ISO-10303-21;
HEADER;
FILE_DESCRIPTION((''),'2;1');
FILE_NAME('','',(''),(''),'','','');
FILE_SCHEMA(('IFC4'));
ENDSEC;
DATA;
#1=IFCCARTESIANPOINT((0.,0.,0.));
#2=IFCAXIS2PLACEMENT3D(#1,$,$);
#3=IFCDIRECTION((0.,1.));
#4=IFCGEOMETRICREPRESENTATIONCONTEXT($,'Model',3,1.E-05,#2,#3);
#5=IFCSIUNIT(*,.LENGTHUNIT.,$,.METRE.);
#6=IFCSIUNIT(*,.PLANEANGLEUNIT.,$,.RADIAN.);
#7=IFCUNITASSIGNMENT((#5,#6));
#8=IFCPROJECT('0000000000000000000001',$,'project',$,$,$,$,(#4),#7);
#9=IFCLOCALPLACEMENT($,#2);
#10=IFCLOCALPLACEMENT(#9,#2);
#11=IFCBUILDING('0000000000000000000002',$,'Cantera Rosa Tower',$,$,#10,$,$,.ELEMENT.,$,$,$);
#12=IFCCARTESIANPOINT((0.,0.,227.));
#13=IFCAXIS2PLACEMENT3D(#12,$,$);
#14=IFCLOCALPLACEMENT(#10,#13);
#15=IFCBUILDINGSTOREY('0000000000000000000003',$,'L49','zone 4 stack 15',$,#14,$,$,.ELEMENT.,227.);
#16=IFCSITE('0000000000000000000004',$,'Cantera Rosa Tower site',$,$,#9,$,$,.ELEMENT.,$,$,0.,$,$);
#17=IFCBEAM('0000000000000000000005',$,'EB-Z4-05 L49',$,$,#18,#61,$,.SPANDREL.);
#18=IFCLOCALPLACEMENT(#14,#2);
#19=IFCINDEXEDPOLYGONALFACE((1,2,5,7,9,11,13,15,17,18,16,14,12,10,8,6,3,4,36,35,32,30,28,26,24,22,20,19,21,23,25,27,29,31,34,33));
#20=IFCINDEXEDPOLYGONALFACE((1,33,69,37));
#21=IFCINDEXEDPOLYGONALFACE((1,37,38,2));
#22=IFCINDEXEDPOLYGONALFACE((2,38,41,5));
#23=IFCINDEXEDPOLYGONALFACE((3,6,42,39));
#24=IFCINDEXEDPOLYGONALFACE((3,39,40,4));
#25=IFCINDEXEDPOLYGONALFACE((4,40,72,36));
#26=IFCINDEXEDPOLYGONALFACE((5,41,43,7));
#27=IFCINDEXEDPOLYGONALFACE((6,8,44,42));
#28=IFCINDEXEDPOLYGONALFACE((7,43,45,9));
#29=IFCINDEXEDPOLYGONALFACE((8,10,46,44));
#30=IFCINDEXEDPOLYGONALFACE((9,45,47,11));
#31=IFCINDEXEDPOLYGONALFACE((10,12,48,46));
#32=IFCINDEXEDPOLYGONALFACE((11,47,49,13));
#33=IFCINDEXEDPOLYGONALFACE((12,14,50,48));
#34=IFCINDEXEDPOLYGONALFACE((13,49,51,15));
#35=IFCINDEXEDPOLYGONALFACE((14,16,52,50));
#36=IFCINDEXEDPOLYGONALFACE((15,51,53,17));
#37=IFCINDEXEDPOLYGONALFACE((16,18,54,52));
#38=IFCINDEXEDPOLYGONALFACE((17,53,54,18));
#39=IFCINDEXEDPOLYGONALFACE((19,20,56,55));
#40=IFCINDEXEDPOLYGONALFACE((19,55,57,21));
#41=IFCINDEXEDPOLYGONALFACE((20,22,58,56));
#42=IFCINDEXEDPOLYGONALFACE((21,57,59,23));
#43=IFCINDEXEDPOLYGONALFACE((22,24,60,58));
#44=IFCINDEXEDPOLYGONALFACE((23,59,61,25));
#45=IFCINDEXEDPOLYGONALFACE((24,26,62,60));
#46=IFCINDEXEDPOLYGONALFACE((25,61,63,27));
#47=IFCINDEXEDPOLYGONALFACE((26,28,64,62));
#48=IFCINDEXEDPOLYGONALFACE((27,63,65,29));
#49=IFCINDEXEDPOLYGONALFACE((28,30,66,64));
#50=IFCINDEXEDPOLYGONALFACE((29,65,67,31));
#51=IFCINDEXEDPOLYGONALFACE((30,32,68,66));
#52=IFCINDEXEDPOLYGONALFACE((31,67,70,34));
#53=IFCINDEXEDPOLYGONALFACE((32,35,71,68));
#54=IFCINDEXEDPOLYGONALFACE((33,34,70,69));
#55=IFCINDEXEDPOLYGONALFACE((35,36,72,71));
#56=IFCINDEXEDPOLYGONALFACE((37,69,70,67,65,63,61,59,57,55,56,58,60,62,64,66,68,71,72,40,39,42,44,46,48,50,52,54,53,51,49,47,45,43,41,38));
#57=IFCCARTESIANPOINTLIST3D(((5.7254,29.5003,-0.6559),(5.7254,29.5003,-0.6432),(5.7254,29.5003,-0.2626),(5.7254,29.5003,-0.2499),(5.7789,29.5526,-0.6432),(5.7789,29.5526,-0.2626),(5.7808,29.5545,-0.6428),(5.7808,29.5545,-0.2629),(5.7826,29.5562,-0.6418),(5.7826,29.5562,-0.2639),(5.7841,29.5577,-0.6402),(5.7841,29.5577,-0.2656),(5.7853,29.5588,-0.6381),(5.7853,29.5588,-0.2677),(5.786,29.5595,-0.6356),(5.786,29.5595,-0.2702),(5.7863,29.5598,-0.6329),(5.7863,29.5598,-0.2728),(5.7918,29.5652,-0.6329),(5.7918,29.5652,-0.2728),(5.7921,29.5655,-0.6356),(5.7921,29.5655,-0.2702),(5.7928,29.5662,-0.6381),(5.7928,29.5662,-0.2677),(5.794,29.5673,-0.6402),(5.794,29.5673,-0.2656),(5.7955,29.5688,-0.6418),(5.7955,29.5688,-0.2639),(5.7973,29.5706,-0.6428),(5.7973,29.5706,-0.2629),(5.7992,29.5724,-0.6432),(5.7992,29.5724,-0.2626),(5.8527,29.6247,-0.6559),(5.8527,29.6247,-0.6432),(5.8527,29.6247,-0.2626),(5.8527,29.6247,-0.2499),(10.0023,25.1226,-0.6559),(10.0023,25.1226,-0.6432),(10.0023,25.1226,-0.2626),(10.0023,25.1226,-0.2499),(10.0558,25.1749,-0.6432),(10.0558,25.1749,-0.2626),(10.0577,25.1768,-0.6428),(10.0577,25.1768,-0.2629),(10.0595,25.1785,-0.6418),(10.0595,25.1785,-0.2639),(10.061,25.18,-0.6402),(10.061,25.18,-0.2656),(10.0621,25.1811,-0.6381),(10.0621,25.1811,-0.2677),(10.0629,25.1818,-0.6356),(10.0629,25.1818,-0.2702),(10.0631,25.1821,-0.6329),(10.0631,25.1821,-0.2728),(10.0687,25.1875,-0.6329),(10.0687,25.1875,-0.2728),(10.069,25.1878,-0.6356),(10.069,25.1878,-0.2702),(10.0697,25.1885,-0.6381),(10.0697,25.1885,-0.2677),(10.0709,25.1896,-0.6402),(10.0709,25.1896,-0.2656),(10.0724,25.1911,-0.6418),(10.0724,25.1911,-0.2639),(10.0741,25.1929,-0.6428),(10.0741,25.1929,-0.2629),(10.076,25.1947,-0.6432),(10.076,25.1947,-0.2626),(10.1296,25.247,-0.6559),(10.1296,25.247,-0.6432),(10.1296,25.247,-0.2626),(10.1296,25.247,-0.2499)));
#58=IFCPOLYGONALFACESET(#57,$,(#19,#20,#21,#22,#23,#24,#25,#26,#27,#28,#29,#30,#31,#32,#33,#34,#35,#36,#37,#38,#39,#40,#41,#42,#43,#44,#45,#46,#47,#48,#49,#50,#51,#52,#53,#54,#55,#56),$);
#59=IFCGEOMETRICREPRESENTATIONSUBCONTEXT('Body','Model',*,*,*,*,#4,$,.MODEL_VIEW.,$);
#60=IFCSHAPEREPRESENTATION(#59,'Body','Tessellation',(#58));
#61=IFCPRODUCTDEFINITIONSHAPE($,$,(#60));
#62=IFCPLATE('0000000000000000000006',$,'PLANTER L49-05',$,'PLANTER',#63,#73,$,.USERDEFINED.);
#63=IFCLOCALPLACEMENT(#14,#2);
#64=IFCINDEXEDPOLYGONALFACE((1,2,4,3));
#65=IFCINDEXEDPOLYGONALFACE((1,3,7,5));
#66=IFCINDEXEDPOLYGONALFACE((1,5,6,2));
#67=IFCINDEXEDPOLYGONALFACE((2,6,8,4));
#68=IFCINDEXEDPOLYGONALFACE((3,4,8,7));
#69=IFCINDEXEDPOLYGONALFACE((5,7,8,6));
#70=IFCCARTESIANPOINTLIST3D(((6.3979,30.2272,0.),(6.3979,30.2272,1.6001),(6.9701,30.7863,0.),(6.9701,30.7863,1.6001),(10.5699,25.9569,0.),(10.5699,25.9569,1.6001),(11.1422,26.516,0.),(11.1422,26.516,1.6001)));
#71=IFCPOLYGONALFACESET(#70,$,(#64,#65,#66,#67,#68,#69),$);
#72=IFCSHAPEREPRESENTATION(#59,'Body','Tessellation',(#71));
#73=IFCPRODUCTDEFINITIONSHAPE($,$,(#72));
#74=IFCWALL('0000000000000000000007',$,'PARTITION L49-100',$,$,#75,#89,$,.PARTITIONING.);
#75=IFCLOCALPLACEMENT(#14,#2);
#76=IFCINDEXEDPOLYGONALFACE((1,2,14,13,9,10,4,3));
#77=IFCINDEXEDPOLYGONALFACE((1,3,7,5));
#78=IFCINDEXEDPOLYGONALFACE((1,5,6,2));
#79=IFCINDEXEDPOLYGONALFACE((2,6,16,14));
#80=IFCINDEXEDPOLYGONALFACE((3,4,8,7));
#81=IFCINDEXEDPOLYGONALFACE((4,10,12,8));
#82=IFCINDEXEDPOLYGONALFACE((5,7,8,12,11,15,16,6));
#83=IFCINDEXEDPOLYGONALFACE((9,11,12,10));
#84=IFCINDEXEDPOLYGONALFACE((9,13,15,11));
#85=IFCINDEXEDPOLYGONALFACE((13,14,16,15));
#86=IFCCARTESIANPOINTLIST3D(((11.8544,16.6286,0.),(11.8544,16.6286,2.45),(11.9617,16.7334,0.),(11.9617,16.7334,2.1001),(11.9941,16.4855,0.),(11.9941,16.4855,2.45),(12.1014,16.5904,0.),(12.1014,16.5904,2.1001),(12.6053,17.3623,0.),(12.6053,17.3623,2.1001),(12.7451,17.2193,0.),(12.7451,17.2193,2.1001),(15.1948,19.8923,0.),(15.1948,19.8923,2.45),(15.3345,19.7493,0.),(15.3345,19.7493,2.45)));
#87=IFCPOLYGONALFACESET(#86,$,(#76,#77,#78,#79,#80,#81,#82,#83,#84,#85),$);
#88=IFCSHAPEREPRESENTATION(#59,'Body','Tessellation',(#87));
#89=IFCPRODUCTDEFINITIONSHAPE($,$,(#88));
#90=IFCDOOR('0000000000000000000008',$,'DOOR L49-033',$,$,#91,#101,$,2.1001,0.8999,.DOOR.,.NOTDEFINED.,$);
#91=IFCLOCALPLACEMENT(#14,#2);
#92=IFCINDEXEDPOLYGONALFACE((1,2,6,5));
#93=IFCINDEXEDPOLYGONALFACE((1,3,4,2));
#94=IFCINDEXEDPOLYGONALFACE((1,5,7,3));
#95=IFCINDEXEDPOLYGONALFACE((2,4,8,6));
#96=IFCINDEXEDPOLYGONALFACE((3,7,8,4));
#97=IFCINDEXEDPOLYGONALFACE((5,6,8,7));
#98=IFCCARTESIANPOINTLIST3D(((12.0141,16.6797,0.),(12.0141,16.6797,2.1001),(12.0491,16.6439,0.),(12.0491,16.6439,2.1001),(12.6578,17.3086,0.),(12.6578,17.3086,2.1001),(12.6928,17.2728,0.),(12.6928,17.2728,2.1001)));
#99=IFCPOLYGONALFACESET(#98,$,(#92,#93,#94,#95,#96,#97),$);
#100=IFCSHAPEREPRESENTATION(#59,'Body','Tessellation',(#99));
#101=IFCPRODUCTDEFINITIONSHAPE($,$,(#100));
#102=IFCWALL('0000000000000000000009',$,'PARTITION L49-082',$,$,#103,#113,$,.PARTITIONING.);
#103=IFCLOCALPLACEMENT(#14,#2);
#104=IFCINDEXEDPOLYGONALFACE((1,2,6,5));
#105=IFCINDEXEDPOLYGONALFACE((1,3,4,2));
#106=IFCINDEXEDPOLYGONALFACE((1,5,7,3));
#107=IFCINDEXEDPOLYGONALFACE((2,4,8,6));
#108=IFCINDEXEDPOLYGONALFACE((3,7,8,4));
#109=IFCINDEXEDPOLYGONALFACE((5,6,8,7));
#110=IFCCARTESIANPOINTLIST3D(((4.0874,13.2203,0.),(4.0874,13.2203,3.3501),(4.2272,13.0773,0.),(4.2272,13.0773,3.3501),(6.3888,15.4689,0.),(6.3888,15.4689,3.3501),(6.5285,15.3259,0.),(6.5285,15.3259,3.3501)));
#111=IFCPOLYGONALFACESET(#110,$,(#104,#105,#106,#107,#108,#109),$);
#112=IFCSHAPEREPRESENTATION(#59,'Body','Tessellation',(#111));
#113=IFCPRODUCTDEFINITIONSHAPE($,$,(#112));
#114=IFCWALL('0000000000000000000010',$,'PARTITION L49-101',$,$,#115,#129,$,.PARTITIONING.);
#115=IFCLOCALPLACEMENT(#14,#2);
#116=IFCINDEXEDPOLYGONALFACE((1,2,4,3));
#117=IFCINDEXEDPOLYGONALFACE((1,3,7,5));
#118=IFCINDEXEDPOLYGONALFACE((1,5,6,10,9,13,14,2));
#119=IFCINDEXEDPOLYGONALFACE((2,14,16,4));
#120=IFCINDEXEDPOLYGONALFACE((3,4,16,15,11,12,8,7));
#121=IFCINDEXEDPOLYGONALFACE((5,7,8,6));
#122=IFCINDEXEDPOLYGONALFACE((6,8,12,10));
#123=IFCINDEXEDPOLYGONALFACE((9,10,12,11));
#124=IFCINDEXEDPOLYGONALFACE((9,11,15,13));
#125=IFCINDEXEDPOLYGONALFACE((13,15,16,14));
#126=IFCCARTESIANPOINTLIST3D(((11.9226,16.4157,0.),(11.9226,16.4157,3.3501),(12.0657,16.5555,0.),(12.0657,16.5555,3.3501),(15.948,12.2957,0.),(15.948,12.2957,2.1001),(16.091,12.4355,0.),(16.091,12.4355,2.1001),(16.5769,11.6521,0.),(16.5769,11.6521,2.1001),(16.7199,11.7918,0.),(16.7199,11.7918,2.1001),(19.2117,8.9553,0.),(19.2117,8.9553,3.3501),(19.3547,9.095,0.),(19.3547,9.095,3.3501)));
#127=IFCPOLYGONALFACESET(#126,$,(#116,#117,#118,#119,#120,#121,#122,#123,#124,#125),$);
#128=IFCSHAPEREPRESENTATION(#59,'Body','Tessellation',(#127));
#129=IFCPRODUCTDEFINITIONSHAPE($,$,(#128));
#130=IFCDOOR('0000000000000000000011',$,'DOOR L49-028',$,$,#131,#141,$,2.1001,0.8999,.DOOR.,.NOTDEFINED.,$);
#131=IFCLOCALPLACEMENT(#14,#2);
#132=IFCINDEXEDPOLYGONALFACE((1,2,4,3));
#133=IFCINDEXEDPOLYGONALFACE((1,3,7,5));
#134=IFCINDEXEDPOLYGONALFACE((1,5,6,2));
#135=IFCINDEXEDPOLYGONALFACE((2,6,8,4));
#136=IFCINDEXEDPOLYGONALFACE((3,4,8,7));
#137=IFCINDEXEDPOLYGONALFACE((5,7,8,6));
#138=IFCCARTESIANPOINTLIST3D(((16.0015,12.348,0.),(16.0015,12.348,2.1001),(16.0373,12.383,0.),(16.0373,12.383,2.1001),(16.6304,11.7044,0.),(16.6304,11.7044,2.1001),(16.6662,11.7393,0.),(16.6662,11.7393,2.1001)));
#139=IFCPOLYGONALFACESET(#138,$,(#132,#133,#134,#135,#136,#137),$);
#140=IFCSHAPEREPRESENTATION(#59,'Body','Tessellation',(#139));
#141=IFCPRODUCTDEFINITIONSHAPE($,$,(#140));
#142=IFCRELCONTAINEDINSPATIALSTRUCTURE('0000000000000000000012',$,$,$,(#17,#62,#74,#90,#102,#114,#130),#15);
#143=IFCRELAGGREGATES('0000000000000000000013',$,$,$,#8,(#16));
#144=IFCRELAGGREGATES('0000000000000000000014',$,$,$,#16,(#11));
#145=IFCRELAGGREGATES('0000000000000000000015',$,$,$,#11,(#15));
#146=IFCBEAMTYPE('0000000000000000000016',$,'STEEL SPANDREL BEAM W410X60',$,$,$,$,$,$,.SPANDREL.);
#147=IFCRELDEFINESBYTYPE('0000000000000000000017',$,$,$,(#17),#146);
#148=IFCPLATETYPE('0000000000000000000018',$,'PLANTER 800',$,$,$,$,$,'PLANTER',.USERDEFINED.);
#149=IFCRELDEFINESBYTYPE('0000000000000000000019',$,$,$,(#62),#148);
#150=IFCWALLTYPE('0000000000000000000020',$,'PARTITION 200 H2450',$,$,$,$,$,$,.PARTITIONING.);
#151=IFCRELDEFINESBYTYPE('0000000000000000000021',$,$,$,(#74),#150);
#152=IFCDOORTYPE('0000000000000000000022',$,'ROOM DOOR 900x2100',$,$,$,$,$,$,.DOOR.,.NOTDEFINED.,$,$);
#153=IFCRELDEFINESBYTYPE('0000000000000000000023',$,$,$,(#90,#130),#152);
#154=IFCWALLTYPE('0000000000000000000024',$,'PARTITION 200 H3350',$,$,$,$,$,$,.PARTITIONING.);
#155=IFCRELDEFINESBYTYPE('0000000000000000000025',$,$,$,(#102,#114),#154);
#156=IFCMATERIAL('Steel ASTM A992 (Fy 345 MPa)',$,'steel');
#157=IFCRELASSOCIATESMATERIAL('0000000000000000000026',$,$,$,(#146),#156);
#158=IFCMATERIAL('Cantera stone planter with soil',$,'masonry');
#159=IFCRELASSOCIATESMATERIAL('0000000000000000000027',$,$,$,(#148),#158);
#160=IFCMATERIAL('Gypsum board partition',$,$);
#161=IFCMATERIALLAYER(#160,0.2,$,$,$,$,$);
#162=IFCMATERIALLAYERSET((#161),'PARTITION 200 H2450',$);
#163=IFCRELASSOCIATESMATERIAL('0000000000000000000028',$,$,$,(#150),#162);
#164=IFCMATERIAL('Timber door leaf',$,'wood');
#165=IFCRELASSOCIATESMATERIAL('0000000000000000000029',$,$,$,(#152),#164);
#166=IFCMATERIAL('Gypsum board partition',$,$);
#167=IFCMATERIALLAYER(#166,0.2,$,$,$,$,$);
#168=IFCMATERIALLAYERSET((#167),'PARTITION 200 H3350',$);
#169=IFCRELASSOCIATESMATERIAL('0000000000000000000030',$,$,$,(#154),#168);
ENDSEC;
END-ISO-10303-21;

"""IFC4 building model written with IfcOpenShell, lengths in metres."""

from ifc_helpers import new_model, si_unit, direction, frame, frame_2d, origin, origin_2d, place, context, subcontext, project, spatial, rectangle, i_section, extrude, material, layer, layer_set, material_profile, profile_set, type_object, element, fill, save


model = new_model("IFC4")

# Units and contexts
model_context = context("Model", 3, precision=1e-05, world=origin(), true_north=direction((0.0, 1.0)))
body_context = subcontext(model_context, "Body", "Model", "MODEL_VIEW")
ifc_project = project(units=[si_unit("LENGTHUNIT", "METRE"), si_unit("PLANEANGLEUNIT", "RADIAN")], contexts=[model_context])

# Site, building, storey
site_placement = place(None, origin())
site = spatial("IfcSite", under=ifc_project, at=site_placement, Name="Cantera Rosa Tower site", CompositionType="ELEMENT", RefElevation=0.0)
building_placement = place(site_placement, origin())
building = spatial("IfcBuilding", under=site, at=building_placement, Name="Cantera Rosa Tower", CompositionType="ELEMENT")
storey_placement = place(building_placement, frame((0.0, 0.0, 227.0)))
storey = spatial("IfcBuildingStorey", under=building, at=storey_placement, Name="L49", Description="zone 4 stack 15", CompositionType="ELEMENT", Elevation=227.0)

# Beam
ifc_material_1 = material(Name="Steel ASTM A992 (Fy 345 MPa)", Category="steel")
ifc_material_profile_1 = material_profile(ifc_material_1, i_section(OverallWidth=0.178, OverallDepth=0.406, WebThickness=0.0078, FlangeThickness=0.0127, FilletRadius=0.0103, at=origin_2d()), Name="W410X60")
ifc_profile_set_1 = profile_set([ifc_material_profile_1], Name="Steel ASTM A992 (Fy 345 MPa)")
beam_type_1 = type_object("IfcBeamType", Name="STEEL SPANDREL BEAM W410X60", PredefinedType="SPANDREL", material=ifc_profile_set_1)
beam_1_placement = place(storey_placement, frame((10.0659, 25.1848, -0.4529), z_axis=(-0.698821, 0.715296, 0.0), x_axis=(-0.715296, -0.698821, 0.0)))
element("IfcBeam", 1, at=beam_1_placement, inside=storey, type_object=beam_type_1, Name="EB-Z4-05 L49", PredefinedType="SPANDREL", context=body_context, shape_type="SweptSolid", body=[
    extrude(i_section(OverallWidth=0.178, OverallDepth=0.406, WebThickness=0.0078, FlangeThickness=0.0127, FilletRadius=0.0103, at=origin_2d()), origin(), (0.0, 0.0, 1.0), 6.1201),
])

# Plate
ifc_material_2 = material(Name="Cantera stone planter with soil", Category="masonry")
plate_type = type_object("IfcPlateType", Name="PLANTER 800", ElementType="PLANTER", PredefinedType="USERDEFINED", material=ifc_material_2)
plate_placement = place(storey_placement, frame((8.77, 28.3716, 0.0), z_axis=(0.0, 0.0, 1.0), x_axis=(-0.698832, 0.715286, 0.0)))
element("IfcPlate", 2, at=plate_placement, inside=storey, type_object=plate_type, Name="PLANTER L49-05", ObjectType="PLANTER", PredefinedType="USERDEFINED", context=body_context, shape_type="SweptSolid", body=[
    extrude(rectangle(XDim=5.97, YDim=0.8, at=origin_2d()), origin(), (0.0, 0.0, 1.0), 1.6001),
])

# Wall, opening, door
ifc_material_3 = material(Name="Gypsum board partition")
ifc_layer_1 = layer(ifc_material_3, 0.2)
ifc_layer_set_1 = layer_set([ifc_layer_1], Name="PARTITION 200 H2450")
wall_type_1 = type_object("IfcWallType", Name="PARTITION 200 H2450", PredefinedType="PARTITIONING", material=ifc_layer_set_1)
wall_1_placement = place(storey_placement, frame((11.9243, 16.5571, 0.0), z_axis=(0.0, 0.0, 1.0), x_axis=(0.715267, 0.698852, 0.0)))
wall_1 = element("IfcWall", 3, at=wall_1_placement, inside=storey, type_object=wall_type_1, Name="PARTITION L49-100", PredefinedType="PARTITIONING", context=body_context, shape_type="SweptSolid", body=[
    extrude(rectangle(XDim=4.6702, YDim=0.2, at=frame_2d((2.335, 0.0))), origin(), (0.0, 0.0, 1.0), 2.45),
])
opening_1_placement = place(wall_1_placement, frame((0.1499, 0.0, 0.0)))
opening_1 = element("IfcOpeningElement", 4, at=opening_1_placement, cuts=wall_1, PredefinedType="OPENING", context=body_context, shape_type="SweptSolid", body=[
    extrude(rectangle(XDim=0.8999, YDim=2.1001, at=frame_2d((0.45, 1.05))), frame((0.0, 0.1099, 0.0), z_axis=(0.0, -1.0, 0.0), x_axis=(1.0, 0.0, 0.0)), (0.0, 0.0, 1.0), 0.22),
])
ifc_material_4 = material(Name="Timber door leaf", Category="wood")
door_type_1 = type_object("IfcDoorType", Name="ROOM DOOR 900x2100", OperationType="NOTDEFINED", PredefinedType="DOOR", material=ifc_material_4)
door_1_placement = place(opening_1_placement, origin())
door_1 = element("IfcDoor", 5, at=door_1_placement, inside=storey, type_object=door_type_1, Name="DOOR L49-033", OperationType="NOTDEFINED", OverallHeight=2.1001, OverallWidth=0.8999, PredefinedType="DOOR", context=body_context, shape_type="SweptSolid", body=[
    extrude(rectangle(XDim=0.8999, YDim=2.1001, at=frame_2d((0.45, 1.05))), frame((0.0, 0.0249, 0.0), z_axis=(0.0, -1.0, 0.0), x_axis=(1.0, 0.0, 0.0)), (0.0, 0.0, 1.0), 0.05),
])
fill(opening_1, door_1)

# Wall
ifc_material_5 = material(Name="Gypsum board partition")
ifc_layer_2 = layer(ifc_material_5, 0.2)
ifc_layer_set_2 = layer_set([ifc_layer_2], Name="PARTITION 200 H3350")
wall_type_2 = type_object("IfcWallType", Name="PARTITION 200 H3350", PredefinedType="PARTITIONING", material=ifc_layer_set_2)
wall_2_placement = place(storey_placement, frame((6.4587, 15.3975, 0.0), z_axis=(0.0, 0.0, 1.0), x_axis=(-0.715254, -0.698864, 0.0)))
element("IfcWall", 6, at=wall_2_placement, inside=storey, type_object=wall_type_2, Name="PARTITION L49-082", PredefinedType="PARTITIONING", context=body_context, shape_type="SweptSolid", body=[
    extrude(rectangle(XDim=3.2175, YDim=0.2, at=frame_2d((1.6089, 0.0))), origin(), (0.0, 0.0, 1.0), 3.3501),
])

# Wall, opening, door
wall_3_placement = place(storey_placement, frame((11.9941, 16.4856, 0.0), z_axis=(0.0, 0.0, 1.0), x_axis=(0.698843, -0.715275, 0.0)))
wall_3 = element("IfcWall", 7, at=wall_3_placement, inside=storey, type_object=wall_type_2, Name="PARTITION L49-101", PredefinedType="PARTITIONING", context=body_context, shape_type="SweptSolid", body=[
    extrude(rectangle(XDim=10.4302, YDim=0.2, at=frame_2d((5.2151, 0.0))), origin(), (0.0, 0.0, 1.0), 3.3501),
])
opening_2_placement = place(wall_3_placement, frame((5.76, 0.0, 0.0)))
opening_2 = element("IfcOpeningElement", 8, at=opening_2_placement, cuts=wall_3, PredefinedType="OPENING", context=body_context, shape_type="SweptSolid", body=[
    extrude(rectangle(XDim=0.8999, YDim=2.1001, at=frame_2d((0.45, 1.05))), frame((0.0, 0.1099, 0.0), z_axis=(0.0, -1.0, 0.0), x_axis=(1.0, 0.0, 0.0)), (0.0, 0.0, 1.0), 0.22),
])
door_2_placement = place(opening_2_placement, origin())
door_2 = element("IfcDoor", 9, at=door_2_placement, inside=storey, type_object=door_type_1, Name="DOOR L49-028", OperationType="NOTDEFINED", OverallHeight=2.1001, OverallWidth=0.8999, PredefinedType="DOOR", context=body_context, shape_type="SweptSolid", body=[
    extrude(rectangle(XDim=0.8999, YDim=2.1001, at=frame_2d((0.45, 1.05))), frame((0.0, 0.0249, 0.0), z_axis=(0.0, -1.0, 0.0), x_axis=(1.0, 0.0, 0.0)), (0.0, 0.0, 1.0), 0.05),
])
fill(opening_2, door_2)

save(model, "model.ifc")
